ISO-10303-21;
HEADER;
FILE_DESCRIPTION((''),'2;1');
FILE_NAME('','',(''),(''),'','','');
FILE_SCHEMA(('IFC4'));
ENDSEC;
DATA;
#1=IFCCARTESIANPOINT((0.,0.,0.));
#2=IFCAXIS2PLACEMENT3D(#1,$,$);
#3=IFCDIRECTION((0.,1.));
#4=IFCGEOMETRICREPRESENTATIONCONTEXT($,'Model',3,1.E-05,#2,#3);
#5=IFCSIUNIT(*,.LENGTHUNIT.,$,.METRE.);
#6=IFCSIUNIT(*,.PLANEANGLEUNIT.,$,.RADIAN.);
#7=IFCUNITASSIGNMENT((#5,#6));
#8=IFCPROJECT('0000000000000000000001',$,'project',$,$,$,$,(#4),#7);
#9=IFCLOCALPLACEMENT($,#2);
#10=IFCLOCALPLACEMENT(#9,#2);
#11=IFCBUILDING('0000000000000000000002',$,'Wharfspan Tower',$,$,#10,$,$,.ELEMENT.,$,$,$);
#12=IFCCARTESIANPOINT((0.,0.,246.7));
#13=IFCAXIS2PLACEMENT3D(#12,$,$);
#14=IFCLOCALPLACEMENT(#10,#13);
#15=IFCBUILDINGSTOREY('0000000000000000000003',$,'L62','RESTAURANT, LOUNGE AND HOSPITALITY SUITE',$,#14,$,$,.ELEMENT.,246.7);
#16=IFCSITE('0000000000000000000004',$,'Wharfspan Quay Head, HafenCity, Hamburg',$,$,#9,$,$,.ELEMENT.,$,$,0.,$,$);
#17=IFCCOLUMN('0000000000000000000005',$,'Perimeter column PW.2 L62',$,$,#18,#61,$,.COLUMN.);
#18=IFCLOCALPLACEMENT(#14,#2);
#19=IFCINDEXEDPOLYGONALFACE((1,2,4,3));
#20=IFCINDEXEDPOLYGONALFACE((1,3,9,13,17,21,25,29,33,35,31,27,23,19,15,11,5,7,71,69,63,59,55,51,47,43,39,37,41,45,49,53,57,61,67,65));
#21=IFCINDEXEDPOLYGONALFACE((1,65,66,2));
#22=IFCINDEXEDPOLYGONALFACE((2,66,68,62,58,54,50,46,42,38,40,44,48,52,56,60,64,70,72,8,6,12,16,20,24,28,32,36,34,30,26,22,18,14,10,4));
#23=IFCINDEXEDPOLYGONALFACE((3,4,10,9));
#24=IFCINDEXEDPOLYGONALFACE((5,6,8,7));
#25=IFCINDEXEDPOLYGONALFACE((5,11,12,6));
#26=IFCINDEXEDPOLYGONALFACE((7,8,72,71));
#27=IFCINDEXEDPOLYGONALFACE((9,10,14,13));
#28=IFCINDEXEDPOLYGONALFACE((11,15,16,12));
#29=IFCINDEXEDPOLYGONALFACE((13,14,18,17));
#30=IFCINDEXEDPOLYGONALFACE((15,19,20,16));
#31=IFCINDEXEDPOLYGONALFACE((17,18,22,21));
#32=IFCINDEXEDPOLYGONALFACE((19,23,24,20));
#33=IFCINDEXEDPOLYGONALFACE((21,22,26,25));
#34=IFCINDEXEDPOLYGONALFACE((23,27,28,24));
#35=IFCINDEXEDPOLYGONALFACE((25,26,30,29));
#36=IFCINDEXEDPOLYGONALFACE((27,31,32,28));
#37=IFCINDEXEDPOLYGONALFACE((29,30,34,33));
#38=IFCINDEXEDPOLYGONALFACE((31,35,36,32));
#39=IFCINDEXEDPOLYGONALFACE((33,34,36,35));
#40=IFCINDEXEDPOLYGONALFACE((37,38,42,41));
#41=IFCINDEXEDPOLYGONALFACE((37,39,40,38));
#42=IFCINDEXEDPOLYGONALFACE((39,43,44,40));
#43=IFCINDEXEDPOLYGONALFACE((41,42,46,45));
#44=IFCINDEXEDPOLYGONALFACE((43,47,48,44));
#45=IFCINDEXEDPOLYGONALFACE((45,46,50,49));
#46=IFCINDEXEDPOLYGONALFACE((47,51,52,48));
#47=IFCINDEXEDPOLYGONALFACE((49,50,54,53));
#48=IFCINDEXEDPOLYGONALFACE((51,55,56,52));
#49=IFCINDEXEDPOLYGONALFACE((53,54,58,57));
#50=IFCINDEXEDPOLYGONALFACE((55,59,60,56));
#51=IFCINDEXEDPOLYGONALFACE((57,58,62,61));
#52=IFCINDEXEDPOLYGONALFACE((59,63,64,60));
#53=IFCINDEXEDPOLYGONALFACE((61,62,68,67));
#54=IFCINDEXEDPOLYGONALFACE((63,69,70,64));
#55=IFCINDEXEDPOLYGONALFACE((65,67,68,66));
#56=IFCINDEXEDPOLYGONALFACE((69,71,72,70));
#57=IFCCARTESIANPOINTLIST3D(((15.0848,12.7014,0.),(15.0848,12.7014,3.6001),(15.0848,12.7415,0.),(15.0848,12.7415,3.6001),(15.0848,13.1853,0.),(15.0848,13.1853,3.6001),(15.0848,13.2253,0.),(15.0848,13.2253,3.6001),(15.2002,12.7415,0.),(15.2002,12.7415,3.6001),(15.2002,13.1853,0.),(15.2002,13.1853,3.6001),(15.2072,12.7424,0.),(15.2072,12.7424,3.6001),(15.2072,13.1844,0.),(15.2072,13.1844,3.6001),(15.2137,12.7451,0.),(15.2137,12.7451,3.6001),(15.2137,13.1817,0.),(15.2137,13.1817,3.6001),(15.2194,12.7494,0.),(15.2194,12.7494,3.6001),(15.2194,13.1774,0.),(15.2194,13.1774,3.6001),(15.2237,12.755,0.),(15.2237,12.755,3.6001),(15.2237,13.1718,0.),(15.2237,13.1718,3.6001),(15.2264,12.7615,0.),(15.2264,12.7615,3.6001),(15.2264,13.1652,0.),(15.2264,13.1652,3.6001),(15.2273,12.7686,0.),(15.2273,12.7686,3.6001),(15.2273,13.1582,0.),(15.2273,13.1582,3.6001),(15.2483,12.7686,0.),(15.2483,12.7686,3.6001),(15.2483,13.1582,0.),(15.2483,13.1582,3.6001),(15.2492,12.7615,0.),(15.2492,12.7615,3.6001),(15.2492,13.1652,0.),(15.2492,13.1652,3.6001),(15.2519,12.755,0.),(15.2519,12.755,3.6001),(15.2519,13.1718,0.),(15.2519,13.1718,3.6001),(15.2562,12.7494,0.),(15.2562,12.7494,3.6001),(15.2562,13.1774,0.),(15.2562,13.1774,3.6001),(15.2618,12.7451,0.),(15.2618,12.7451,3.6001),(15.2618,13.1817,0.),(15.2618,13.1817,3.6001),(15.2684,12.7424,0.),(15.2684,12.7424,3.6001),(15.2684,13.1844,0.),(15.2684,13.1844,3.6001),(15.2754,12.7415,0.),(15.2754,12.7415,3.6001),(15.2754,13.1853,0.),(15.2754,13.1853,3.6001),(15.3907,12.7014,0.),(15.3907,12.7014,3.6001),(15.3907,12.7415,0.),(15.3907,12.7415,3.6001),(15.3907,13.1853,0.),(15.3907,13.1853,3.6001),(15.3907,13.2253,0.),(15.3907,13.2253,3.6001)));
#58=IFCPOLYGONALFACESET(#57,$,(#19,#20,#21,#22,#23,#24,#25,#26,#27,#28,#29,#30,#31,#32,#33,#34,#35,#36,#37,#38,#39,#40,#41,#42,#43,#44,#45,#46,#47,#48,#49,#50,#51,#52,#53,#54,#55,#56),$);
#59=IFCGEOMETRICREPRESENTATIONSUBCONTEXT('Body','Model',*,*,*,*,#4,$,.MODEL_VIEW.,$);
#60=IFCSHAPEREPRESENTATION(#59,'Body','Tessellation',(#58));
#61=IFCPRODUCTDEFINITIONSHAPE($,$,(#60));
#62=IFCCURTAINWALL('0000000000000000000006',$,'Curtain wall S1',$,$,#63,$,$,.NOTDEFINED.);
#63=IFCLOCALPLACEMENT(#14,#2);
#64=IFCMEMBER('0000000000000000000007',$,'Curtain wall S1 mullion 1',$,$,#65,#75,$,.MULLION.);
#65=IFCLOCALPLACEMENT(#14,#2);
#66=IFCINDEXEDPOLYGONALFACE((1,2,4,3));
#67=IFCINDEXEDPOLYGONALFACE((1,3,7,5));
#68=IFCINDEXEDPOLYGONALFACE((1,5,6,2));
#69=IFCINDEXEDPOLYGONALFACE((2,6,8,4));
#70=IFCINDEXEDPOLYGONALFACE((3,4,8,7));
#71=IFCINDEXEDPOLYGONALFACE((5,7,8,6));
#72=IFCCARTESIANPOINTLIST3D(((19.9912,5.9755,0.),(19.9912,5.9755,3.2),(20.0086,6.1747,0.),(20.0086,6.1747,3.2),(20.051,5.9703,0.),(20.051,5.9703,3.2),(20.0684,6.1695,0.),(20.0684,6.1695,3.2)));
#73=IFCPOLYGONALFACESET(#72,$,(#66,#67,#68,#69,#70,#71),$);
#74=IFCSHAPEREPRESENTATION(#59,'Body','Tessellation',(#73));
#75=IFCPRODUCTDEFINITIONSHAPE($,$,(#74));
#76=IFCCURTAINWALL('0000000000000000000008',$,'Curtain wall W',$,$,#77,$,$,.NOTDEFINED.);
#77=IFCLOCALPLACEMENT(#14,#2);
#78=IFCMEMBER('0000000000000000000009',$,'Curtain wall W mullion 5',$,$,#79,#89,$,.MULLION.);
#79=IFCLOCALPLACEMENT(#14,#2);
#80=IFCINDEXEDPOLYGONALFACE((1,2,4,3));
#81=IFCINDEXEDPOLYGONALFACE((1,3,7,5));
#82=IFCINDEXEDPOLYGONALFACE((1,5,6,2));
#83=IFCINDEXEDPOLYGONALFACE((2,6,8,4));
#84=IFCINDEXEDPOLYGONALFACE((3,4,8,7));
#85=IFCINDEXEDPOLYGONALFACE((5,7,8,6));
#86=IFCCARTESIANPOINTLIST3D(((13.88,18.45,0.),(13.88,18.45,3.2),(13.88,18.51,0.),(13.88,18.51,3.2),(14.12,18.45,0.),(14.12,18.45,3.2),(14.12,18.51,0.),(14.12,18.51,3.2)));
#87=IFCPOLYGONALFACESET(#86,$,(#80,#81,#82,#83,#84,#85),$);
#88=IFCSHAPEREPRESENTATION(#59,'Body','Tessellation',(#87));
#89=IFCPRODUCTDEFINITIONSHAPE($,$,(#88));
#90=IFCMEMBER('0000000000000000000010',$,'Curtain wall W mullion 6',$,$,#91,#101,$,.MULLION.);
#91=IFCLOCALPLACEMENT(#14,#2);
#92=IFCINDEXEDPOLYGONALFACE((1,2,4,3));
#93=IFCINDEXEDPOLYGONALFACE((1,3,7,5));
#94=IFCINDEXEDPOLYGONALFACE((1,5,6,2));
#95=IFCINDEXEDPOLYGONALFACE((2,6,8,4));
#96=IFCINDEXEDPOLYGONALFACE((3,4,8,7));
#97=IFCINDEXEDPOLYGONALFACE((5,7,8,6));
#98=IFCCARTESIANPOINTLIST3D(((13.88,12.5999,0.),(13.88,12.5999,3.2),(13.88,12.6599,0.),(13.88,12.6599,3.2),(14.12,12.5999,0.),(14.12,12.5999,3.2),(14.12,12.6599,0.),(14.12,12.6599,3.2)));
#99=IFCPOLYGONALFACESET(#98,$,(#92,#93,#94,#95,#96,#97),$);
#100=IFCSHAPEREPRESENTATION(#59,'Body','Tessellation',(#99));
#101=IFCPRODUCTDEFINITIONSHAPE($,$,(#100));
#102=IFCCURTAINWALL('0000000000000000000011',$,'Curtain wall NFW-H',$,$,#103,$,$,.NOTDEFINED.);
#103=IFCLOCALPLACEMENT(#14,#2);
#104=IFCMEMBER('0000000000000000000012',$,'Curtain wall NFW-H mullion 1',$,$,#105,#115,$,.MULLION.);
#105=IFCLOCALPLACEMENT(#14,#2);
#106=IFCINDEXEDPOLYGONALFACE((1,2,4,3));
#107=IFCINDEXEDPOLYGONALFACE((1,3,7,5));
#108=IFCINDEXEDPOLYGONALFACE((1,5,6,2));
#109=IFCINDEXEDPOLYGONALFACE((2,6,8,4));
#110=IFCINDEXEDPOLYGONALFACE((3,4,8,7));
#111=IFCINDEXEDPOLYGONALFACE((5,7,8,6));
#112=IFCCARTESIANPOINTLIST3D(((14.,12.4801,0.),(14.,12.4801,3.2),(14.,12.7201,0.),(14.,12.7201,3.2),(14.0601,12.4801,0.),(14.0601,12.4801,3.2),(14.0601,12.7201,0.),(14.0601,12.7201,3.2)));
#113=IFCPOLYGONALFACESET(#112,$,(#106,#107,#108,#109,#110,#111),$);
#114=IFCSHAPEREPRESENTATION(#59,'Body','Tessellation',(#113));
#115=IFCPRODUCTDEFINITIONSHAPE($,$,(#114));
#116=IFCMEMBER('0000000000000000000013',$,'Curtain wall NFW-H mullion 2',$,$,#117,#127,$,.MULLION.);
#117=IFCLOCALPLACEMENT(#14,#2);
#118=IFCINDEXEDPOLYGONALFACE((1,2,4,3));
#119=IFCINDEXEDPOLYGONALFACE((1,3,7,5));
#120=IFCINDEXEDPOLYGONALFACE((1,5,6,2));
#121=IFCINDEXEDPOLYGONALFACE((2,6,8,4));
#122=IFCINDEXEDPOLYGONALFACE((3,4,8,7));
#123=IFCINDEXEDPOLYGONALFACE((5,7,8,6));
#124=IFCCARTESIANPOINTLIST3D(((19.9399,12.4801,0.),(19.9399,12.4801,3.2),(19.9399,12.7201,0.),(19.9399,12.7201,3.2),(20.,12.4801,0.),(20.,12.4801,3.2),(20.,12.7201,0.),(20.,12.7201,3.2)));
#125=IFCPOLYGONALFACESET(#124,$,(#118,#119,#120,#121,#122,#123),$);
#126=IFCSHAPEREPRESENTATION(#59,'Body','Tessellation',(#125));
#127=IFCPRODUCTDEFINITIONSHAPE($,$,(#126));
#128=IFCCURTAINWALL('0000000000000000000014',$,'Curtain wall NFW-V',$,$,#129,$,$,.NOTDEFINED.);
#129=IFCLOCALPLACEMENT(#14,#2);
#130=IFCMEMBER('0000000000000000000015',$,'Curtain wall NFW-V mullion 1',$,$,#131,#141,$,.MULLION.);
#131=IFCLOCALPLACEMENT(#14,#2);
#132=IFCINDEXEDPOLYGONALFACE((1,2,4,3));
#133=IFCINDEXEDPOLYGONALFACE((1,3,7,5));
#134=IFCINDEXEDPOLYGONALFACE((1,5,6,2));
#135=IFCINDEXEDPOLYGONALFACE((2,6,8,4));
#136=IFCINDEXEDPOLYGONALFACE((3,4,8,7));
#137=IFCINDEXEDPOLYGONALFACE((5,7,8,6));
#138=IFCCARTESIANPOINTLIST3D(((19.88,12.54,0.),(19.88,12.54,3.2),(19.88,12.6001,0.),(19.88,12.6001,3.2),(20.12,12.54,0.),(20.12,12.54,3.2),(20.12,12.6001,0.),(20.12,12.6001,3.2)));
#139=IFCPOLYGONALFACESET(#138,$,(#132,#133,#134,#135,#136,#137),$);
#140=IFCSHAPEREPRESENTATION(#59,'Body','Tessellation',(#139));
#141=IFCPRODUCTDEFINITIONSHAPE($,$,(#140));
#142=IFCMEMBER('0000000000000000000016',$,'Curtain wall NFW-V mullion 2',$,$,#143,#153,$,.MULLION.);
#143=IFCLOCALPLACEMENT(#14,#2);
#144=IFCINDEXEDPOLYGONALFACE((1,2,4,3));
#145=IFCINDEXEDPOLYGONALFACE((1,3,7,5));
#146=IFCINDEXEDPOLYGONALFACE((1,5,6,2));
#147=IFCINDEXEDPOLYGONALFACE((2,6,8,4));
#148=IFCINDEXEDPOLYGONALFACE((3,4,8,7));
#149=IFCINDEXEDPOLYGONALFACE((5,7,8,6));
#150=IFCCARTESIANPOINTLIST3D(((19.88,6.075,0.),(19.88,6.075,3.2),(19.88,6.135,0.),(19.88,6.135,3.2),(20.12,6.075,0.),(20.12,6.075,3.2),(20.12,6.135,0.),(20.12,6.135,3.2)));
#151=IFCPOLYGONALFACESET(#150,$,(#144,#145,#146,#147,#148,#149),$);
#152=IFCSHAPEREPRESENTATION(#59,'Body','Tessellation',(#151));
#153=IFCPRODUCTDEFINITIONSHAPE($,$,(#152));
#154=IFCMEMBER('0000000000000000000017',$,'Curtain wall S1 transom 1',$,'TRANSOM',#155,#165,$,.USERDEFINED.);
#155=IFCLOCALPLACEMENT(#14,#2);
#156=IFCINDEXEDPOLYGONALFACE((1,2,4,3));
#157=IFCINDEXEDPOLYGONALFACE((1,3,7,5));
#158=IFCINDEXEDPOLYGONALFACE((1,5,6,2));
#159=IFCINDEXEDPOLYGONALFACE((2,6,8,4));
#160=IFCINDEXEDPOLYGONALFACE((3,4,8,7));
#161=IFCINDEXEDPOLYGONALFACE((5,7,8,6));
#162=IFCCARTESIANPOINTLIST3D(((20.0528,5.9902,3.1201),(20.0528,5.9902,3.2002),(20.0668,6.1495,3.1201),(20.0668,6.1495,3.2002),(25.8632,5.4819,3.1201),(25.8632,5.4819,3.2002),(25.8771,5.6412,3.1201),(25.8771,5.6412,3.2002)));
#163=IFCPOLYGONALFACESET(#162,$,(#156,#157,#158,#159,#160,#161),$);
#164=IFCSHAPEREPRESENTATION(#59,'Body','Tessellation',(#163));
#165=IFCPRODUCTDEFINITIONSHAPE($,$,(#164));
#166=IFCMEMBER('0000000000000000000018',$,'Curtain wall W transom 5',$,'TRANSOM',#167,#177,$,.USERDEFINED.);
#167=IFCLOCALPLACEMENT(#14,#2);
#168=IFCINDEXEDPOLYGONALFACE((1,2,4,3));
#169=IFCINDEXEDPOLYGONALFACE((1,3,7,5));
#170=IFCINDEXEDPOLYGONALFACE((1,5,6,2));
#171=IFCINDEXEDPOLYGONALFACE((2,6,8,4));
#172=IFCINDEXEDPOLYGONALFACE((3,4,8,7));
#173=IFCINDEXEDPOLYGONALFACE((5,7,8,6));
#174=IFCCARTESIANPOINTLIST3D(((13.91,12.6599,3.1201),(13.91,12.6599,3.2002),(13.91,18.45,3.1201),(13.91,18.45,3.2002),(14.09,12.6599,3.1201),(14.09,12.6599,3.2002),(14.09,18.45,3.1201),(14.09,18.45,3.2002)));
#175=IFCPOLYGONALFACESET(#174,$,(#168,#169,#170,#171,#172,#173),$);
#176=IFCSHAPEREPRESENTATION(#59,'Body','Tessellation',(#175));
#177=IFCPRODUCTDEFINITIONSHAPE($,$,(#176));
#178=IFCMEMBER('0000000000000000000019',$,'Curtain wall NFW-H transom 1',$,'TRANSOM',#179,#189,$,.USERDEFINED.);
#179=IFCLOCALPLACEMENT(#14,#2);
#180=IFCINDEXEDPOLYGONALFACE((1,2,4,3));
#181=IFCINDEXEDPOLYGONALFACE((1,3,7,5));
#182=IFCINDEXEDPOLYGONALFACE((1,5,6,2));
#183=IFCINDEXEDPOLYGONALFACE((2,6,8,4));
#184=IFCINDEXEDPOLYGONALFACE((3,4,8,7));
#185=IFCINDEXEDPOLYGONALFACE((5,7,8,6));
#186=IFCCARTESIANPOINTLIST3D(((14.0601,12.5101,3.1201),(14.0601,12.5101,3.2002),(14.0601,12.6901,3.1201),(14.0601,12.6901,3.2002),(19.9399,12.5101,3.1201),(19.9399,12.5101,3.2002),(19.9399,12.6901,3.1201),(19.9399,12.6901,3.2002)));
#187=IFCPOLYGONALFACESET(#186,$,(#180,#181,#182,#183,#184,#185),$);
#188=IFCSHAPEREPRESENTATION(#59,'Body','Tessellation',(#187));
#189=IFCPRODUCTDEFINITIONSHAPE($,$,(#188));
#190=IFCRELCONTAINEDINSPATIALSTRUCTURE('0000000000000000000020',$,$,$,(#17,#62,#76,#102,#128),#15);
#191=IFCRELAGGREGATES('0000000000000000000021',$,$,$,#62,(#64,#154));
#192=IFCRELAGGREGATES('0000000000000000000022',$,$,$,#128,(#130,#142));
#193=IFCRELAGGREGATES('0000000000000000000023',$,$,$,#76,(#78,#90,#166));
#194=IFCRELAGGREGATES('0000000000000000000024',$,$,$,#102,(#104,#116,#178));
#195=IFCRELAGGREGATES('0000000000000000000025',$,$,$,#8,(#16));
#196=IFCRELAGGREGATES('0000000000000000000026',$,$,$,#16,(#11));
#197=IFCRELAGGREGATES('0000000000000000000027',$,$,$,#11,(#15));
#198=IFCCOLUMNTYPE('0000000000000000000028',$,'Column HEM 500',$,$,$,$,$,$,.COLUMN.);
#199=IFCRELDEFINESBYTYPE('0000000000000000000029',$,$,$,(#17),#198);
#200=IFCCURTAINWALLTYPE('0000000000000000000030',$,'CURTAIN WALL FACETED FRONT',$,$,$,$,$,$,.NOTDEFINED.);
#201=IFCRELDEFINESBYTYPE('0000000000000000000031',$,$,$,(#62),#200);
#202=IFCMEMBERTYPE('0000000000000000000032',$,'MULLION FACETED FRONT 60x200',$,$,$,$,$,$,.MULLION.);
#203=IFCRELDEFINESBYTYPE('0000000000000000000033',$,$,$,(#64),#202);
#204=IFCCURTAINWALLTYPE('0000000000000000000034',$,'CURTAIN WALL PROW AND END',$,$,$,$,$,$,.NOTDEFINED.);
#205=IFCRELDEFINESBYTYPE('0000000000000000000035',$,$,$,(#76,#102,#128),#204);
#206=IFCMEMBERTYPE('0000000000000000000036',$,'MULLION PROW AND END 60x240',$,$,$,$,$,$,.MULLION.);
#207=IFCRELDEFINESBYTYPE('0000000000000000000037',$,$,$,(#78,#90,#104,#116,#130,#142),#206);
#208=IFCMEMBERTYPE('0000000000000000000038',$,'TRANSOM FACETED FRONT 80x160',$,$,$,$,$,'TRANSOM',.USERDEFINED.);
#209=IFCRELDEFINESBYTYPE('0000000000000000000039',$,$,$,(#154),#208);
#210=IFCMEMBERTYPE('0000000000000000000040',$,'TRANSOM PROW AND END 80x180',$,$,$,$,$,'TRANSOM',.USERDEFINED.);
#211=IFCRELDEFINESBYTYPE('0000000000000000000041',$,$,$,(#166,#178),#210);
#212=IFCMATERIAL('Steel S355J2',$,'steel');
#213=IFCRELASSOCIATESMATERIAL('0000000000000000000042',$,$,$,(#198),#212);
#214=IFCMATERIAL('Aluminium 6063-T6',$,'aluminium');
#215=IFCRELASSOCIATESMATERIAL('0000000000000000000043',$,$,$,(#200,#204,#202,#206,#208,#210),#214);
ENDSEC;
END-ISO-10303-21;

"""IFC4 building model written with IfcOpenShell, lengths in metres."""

from ifc_helpers import new_model, si_unit, direction, frame, origin, origin_2d, place, context, subcontext, project, spatial, rectangle, i_section, extrude, material, material_profile, profile_set, type_object, element, aggregate, save


model = new_model("IFC4")

# Units and contexts
model_context = context("Model", 3, precision=1e-05, world=origin(), true_north=direction((0.0, 1.0)))
body_context = subcontext(model_context, "Body", "Model", "MODEL_VIEW")
ifc_project = project(units=[si_unit("LENGTHUNIT", "METRE"), si_unit("PLANEANGLEUNIT", "RADIAN")], contexts=[model_context])

# Site, building, storey
site_placement = place(None, origin())
site = spatial("IfcSite", under=ifc_project, at=site_placement, Name="Wharfspan Quay Head, HafenCity, Hamburg", CompositionType="ELEMENT", RefElevation=0.0)
building_placement = place(site_placement, origin())
building = spatial("IfcBuilding", under=site, at=building_placement, Name="Wharfspan Tower", CompositionType="ELEMENT")
storey_placement = place(building_placement, frame((0.0, 0.0, 246.7)))
storey = spatial("IfcBuildingStorey", under=building, at=storey_placement, Name="L62", Description="RESTAURANT, LOUNGE AND HOSPITALITY SUITE", CompositionType="ELEMENT", Elevation=246.7)

# Column
ifc_material_1 = material(Name="Steel S355J2", Category="steel")
ifc_material_profile_1 = material_profile(ifc_material_1, i_section(OverallWidth=0.3059, OverallDepth=0.5239, WebThickness=0.021, FlangeThickness=0.04, FilletRadius=0.0271, at=origin_2d()))
ifc_profile_set_1 = profile_set([ifc_material_profile_1], Name="Steel S355J2")
column_type = type_object("IfcColumnType", Name="Column HEM 500", PredefinedType="COLUMN", material=ifc_profile_set_1)
column_placement = place(storey_placement, frame((15.2378, 12.9634, 0.0), z_axis=(0.0, 0.0, 1.0), x_axis=(-1.0, 0.0, 0.0)))
element("IfcColumn", 1, at=column_placement, inside=storey, type_object=column_type, Name="Perimeter column PW.2 L62", PredefinedType="COLUMN", context=body_context, shape_type="SweptSolid", body=[
    extrude(i_section(OverallWidth=0.3059, OverallDepth=0.5239, WebThickness=0.021, FlangeThickness=0.04, FilletRadius=0.0271, at=origin_2d()), origin(), (0.0, 0.0, 1.0), 3.6001),
])

# Curtain wall, member
ifc_material_2 = material(Name="Aluminium 6063-T6", Category="aluminium")
curtain_wall_type_1 = type_object("IfcCurtainWallType", Name="CURTAIN WALL FACETED FRONT", PredefinedType="NOTDEFINED", material=ifc_material_2)
curtain_wall_1_placement = place(storey_placement, origin())
curtain_wall_1 = element("IfcCurtainWall", 2, at=curtain_wall_1_placement, inside=storey, type_object=curtain_wall_type_1, Name="Curtain wall S1", PredefinedType="NOTDEFINED")
ifc_material_profile_2 = material_profile(ifc_material_2, rectangle(XDim=0.2, YDim=0.0601, at=origin_2d()))
ifc_profile_set_2 = profile_set([ifc_material_profile_2], Name="Aluminium 6063-T6")
member_type_1 = type_object("IfcMemberType", Name="MULLION FACETED FRONT 60x200", PredefinedType="MULLION", material=ifc_profile_set_2)
member_1_placement = place(storey_placement, frame((20.0298, 6.0725, 0.0), z_axis=(0.0, 0.0, 1.0), x_axis=(0.087156, 0.996197, 0.0)))
member_1 = element("IfcMember", 3, at=member_1_placement, type_object=member_type_1, Name="Curtain wall S1 mullion 1", PredefinedType="MULLION", context=body_context, shape_type="SweptSolid", body=[
    extrude(rectangle(XDim=0.2, YDim=0.0601, at=origin_2d()), origin(), (0.0, 0.0, 1.0), 3.2),
])

# Curtain walls, members
curtain_wall_type_2 = type_object("IfcCurtainWallType", Name="CURTAIN WALL PROW AND END", PredefinedType="NOTDEFINED", material=ifc_material_2)
curtain_wall_2_placement = place(storey_placement, origin())
curtain_wall_2 = element("IfcCurtainWall", 4, at=curtain_wall_2_placement, inside=storey, type_object=curtain_wall_type_2, Name="Curtain wall W", PredefinedType="NOTDEFINED")
ifc_material_profile_3 = material_profile(ifc_material_2, rectangle(XDim=0.24, YDim=0.0601, at=origin_2d()))
ifc_profile_set_3 = profile_set([ifc_material_profile_3], Name="Aluminium 6063-T6")
member_type_2 = type_object("IfcMemberType", Name="MULLION PROW AND END 60x240", PredefinedType="MULLION", material=ifc_profile_set_3)
member_2_placement = place(storey_placement, frame((14.0, 18.48, 0.0), z_axis=(0.0, 0.0, 1.0), x_axis=(1.0, 0.0, 0.0)))
member_2 = element("IfcMember", 5, at=member_2_placement, type_object=member_type_2, Name="Curtain wall W mullion 5", PredefinedType="MULLION", context=body_context, shape_type="SweptSolid", body=[
    extrude(rectangle(XDim=0.24, YDim=0.0601, at=origin_2d()), origin(), (0.0, 0.0, 1.0), 3.2),
])
member_3_placement = place(storey_placement, frame((14.0, 12.6299, 0.0), z_axis=(0.0, 0.0, 1.0), x_axis=(1.0, 0.0, 0.0)))
member_3 = element("IfcMember", 6, at=member_3_placement, type_object=member_type_2, Name="Curtain wall W mullion 6", PredefinedType="MULLION", context=body_context, shape_type="SweptSolid", body=[
    extrude(rectangle(XDim=0.24, YDim=0.0601, at=origin_2d()), origin(), (0.0, 0.0, 1.0), 3.2),
])
curtain_wall_3_placement = place(storey_placement, origin())
curtain_wall_3 = element("IfcCurtainWall", 7, at=curtain_wall_3_placement, inside=storey, type_object=curtain_wall_type_2, Name="Curtain wall NFW-H", PredefinedType="NOTDEFINED")
member_4_placement = place(storey_placement, frame((14.03, 12.6001, 0.0), z_axis=(0.0, 0.0, 1.0), x_axis=(0.0, 1.0, 0.0)))
member_4 = element("IfcMember", 8, at=member_4_placement, type_object=member_type_2, Name="Curtain wall NFW-H mullion 1", PredefinedType="MULLION", context=body_context, shape_type="SweptSolid", body=[
    extrude(rectangle(XDim=0.24, YDim=0.0601, at=origin_2d()), origin(), (0.0, 0.0, 1.0), 3.2),
])
member_5_placement = place(storey_placement, frame((19.97, 12.6001, 0.0), z_axis=(0.0, 0.0, 1.0), x_axis=(0.0, 1.0, 0.0)))
member_5 = element("IfcMember", 9, at=member_5_placement, type_object=member_type_2, Name="Curtain wall NFW-H mullion 2", PredefinedType="MULLION", context=body_context, shape_type="SweptSolid", body=[
    extrude(rectangle(XDim=0.24, YDim=0.0601, at=origin_2d()), origin(), (0.0, 0.0, 1.0), 3.2),
])
curtain_wall_4_placement = place(storey_placement, origin())
curtain_wall_4 = element("IfcCurtainWall", 10, at=curtain_wall_4_placement, inside=storey, type_object=curtain_wall_type_2, Name="Curtain wall NFW-V", PredefinedType="NOTDEFINED")
member_6_placement = place(storey_placement, frame((20.0, 12.5701, 0.0), z_axis=(0.0, 0.0, 1.0), x_axis=(1.0, 0.0, 0.0)))
member_6 = element("IfcMember", 11, at=member_6_placement, type_object=member_type_2, Name="Curtain wall NFW-V mullion 1", PredefinedType="MULLION", context=body_context, shape_type="SweptSolid", body=[
    extrude(rectangle(XDim=0.24, YDim=0.0601, at=origin_2d()), origin(), (0.0, 0.0, 1.0), 3.2),
])
member_7_placement = place(storey_placement, frame((20.0, 6.105, 0.0), z_axis=(0.0, 0.0, 1.0), x_axis=(1.0, 0.0, 0.0)))
member_7 = element("IfcMember", 12, at=member_7_placement, type_object=member_type_2, Name="Curtain wall NFW-V mullion 2", PredefinedType="MULLION", context=body_context, shape_type="SweptSolid", body=[
    extrude(rectangle(XDim=0.24, YDim=0.0601, at=origin_2d()), origin(), (0.0, 0.0, 1.0), 3.2),
])

# Members
ifc_material_profile_4 = material_profile(ifc_material_2, rectangle(XDim=0.1599, YDim=0.0801, at=origin_2d()))
ifc_profile_set_4 = profile_set([ifc_material_profile_4], Name="Aluminium 6063-T6")
member_type_3 = type_object("IfcMemberType", Name="TRANSOM FACETED FRONT 80x160", ElementType="TRANSOM", PredefinedType="USERDEFINED", material=ifc_profile_set_4)
member_8_placement = place(storey_placement, frame((20.0598, 6.0698, 3.1602), z_axis=(0.996195, -0.08715, 0.0), x_axis=(0.08715, 0.996195, 0.0)))
member_8 = element("IfcMember", 13, at=member_8_placement, type_object=member_type_3, Name="Curtain wall S1 transom 1", ObjectType="TRANSOM", PredefinedType="USERDEFINED", context=body_context, shape_type="SweptSolid", body=[
    extrude(rectangle(XDim=0.1599, YDim=0.0801, at=origin_2d()), origin(), (0.0, 0.0, 1.0), 5.8325),
])
aggregate(curtain_wall_1, [member_1, member_8])
ifc_material_profile_5 = material_profile(ifc_material_2, rectangle(XDim=0.1799, YDim=0.0801, at=origin_2d()))
ifc_profile_set_5 = profile_set([ifc_material_profile_5], Name="Aluminium 6063-T6")
member_type_4 = type_object("IfcMemberType", Name="TRANSOM PROW AND END 80x180", ElementType="TRANSOM", PredefinedType="USERDEFINED", material=ifc_profile_set_5)
member_9_placement = place(storey_placement, frame((14.0, 18.45, 3.1602), z_axis=(0.0, -1.0, 0.0), x_axis=(1.0, 0.0, 0.0)))
member_9 = element("IfcMember", 14, at=member_9_placement, type_object=member_type_4, Name="Curtain wall W transom 5", ObjectType="TRANSOM", PredefinedType="USERDEFINED", context=body_context, shape_type="SweptSolid", body=[
    extrude(rectangle(XDim=0.1799, YDim=0.0801, at=origin_2d()), origin(), (0.0, 0.0, 1.0), 5.79),
])
member_10_placement = place(storey_placement, frame((14.0601, 12.6001, 3.1602), z_axis=(1.0, 0.0, 0.0), x_axis=(0.0, 1.0, 0.0)))
member_10 = element("IfcMember", 15, at=member_10_placement, type_object=member_type_4, Name="Curtain wall NFW-H transom 1", ObjectType="TRANSOM", PredefinedType="USERDEFINED", context=body_context, shape_type="SweptSolid", body=[
    extrude(rectangle(XDim=0.1799, YDim=0.0801, at=origin_2d()), origin(), (0.0, 0.0, 1.0), 5.8799),
])
aggregate(curtain_wall_4, [member_6, member_7])

aggregate(curtain_wall_2, [member_2, member_3, member_9])
aggregate(curtain_wall_3, [member_4, member_5, member_10])

save(model, "model.ifc")
